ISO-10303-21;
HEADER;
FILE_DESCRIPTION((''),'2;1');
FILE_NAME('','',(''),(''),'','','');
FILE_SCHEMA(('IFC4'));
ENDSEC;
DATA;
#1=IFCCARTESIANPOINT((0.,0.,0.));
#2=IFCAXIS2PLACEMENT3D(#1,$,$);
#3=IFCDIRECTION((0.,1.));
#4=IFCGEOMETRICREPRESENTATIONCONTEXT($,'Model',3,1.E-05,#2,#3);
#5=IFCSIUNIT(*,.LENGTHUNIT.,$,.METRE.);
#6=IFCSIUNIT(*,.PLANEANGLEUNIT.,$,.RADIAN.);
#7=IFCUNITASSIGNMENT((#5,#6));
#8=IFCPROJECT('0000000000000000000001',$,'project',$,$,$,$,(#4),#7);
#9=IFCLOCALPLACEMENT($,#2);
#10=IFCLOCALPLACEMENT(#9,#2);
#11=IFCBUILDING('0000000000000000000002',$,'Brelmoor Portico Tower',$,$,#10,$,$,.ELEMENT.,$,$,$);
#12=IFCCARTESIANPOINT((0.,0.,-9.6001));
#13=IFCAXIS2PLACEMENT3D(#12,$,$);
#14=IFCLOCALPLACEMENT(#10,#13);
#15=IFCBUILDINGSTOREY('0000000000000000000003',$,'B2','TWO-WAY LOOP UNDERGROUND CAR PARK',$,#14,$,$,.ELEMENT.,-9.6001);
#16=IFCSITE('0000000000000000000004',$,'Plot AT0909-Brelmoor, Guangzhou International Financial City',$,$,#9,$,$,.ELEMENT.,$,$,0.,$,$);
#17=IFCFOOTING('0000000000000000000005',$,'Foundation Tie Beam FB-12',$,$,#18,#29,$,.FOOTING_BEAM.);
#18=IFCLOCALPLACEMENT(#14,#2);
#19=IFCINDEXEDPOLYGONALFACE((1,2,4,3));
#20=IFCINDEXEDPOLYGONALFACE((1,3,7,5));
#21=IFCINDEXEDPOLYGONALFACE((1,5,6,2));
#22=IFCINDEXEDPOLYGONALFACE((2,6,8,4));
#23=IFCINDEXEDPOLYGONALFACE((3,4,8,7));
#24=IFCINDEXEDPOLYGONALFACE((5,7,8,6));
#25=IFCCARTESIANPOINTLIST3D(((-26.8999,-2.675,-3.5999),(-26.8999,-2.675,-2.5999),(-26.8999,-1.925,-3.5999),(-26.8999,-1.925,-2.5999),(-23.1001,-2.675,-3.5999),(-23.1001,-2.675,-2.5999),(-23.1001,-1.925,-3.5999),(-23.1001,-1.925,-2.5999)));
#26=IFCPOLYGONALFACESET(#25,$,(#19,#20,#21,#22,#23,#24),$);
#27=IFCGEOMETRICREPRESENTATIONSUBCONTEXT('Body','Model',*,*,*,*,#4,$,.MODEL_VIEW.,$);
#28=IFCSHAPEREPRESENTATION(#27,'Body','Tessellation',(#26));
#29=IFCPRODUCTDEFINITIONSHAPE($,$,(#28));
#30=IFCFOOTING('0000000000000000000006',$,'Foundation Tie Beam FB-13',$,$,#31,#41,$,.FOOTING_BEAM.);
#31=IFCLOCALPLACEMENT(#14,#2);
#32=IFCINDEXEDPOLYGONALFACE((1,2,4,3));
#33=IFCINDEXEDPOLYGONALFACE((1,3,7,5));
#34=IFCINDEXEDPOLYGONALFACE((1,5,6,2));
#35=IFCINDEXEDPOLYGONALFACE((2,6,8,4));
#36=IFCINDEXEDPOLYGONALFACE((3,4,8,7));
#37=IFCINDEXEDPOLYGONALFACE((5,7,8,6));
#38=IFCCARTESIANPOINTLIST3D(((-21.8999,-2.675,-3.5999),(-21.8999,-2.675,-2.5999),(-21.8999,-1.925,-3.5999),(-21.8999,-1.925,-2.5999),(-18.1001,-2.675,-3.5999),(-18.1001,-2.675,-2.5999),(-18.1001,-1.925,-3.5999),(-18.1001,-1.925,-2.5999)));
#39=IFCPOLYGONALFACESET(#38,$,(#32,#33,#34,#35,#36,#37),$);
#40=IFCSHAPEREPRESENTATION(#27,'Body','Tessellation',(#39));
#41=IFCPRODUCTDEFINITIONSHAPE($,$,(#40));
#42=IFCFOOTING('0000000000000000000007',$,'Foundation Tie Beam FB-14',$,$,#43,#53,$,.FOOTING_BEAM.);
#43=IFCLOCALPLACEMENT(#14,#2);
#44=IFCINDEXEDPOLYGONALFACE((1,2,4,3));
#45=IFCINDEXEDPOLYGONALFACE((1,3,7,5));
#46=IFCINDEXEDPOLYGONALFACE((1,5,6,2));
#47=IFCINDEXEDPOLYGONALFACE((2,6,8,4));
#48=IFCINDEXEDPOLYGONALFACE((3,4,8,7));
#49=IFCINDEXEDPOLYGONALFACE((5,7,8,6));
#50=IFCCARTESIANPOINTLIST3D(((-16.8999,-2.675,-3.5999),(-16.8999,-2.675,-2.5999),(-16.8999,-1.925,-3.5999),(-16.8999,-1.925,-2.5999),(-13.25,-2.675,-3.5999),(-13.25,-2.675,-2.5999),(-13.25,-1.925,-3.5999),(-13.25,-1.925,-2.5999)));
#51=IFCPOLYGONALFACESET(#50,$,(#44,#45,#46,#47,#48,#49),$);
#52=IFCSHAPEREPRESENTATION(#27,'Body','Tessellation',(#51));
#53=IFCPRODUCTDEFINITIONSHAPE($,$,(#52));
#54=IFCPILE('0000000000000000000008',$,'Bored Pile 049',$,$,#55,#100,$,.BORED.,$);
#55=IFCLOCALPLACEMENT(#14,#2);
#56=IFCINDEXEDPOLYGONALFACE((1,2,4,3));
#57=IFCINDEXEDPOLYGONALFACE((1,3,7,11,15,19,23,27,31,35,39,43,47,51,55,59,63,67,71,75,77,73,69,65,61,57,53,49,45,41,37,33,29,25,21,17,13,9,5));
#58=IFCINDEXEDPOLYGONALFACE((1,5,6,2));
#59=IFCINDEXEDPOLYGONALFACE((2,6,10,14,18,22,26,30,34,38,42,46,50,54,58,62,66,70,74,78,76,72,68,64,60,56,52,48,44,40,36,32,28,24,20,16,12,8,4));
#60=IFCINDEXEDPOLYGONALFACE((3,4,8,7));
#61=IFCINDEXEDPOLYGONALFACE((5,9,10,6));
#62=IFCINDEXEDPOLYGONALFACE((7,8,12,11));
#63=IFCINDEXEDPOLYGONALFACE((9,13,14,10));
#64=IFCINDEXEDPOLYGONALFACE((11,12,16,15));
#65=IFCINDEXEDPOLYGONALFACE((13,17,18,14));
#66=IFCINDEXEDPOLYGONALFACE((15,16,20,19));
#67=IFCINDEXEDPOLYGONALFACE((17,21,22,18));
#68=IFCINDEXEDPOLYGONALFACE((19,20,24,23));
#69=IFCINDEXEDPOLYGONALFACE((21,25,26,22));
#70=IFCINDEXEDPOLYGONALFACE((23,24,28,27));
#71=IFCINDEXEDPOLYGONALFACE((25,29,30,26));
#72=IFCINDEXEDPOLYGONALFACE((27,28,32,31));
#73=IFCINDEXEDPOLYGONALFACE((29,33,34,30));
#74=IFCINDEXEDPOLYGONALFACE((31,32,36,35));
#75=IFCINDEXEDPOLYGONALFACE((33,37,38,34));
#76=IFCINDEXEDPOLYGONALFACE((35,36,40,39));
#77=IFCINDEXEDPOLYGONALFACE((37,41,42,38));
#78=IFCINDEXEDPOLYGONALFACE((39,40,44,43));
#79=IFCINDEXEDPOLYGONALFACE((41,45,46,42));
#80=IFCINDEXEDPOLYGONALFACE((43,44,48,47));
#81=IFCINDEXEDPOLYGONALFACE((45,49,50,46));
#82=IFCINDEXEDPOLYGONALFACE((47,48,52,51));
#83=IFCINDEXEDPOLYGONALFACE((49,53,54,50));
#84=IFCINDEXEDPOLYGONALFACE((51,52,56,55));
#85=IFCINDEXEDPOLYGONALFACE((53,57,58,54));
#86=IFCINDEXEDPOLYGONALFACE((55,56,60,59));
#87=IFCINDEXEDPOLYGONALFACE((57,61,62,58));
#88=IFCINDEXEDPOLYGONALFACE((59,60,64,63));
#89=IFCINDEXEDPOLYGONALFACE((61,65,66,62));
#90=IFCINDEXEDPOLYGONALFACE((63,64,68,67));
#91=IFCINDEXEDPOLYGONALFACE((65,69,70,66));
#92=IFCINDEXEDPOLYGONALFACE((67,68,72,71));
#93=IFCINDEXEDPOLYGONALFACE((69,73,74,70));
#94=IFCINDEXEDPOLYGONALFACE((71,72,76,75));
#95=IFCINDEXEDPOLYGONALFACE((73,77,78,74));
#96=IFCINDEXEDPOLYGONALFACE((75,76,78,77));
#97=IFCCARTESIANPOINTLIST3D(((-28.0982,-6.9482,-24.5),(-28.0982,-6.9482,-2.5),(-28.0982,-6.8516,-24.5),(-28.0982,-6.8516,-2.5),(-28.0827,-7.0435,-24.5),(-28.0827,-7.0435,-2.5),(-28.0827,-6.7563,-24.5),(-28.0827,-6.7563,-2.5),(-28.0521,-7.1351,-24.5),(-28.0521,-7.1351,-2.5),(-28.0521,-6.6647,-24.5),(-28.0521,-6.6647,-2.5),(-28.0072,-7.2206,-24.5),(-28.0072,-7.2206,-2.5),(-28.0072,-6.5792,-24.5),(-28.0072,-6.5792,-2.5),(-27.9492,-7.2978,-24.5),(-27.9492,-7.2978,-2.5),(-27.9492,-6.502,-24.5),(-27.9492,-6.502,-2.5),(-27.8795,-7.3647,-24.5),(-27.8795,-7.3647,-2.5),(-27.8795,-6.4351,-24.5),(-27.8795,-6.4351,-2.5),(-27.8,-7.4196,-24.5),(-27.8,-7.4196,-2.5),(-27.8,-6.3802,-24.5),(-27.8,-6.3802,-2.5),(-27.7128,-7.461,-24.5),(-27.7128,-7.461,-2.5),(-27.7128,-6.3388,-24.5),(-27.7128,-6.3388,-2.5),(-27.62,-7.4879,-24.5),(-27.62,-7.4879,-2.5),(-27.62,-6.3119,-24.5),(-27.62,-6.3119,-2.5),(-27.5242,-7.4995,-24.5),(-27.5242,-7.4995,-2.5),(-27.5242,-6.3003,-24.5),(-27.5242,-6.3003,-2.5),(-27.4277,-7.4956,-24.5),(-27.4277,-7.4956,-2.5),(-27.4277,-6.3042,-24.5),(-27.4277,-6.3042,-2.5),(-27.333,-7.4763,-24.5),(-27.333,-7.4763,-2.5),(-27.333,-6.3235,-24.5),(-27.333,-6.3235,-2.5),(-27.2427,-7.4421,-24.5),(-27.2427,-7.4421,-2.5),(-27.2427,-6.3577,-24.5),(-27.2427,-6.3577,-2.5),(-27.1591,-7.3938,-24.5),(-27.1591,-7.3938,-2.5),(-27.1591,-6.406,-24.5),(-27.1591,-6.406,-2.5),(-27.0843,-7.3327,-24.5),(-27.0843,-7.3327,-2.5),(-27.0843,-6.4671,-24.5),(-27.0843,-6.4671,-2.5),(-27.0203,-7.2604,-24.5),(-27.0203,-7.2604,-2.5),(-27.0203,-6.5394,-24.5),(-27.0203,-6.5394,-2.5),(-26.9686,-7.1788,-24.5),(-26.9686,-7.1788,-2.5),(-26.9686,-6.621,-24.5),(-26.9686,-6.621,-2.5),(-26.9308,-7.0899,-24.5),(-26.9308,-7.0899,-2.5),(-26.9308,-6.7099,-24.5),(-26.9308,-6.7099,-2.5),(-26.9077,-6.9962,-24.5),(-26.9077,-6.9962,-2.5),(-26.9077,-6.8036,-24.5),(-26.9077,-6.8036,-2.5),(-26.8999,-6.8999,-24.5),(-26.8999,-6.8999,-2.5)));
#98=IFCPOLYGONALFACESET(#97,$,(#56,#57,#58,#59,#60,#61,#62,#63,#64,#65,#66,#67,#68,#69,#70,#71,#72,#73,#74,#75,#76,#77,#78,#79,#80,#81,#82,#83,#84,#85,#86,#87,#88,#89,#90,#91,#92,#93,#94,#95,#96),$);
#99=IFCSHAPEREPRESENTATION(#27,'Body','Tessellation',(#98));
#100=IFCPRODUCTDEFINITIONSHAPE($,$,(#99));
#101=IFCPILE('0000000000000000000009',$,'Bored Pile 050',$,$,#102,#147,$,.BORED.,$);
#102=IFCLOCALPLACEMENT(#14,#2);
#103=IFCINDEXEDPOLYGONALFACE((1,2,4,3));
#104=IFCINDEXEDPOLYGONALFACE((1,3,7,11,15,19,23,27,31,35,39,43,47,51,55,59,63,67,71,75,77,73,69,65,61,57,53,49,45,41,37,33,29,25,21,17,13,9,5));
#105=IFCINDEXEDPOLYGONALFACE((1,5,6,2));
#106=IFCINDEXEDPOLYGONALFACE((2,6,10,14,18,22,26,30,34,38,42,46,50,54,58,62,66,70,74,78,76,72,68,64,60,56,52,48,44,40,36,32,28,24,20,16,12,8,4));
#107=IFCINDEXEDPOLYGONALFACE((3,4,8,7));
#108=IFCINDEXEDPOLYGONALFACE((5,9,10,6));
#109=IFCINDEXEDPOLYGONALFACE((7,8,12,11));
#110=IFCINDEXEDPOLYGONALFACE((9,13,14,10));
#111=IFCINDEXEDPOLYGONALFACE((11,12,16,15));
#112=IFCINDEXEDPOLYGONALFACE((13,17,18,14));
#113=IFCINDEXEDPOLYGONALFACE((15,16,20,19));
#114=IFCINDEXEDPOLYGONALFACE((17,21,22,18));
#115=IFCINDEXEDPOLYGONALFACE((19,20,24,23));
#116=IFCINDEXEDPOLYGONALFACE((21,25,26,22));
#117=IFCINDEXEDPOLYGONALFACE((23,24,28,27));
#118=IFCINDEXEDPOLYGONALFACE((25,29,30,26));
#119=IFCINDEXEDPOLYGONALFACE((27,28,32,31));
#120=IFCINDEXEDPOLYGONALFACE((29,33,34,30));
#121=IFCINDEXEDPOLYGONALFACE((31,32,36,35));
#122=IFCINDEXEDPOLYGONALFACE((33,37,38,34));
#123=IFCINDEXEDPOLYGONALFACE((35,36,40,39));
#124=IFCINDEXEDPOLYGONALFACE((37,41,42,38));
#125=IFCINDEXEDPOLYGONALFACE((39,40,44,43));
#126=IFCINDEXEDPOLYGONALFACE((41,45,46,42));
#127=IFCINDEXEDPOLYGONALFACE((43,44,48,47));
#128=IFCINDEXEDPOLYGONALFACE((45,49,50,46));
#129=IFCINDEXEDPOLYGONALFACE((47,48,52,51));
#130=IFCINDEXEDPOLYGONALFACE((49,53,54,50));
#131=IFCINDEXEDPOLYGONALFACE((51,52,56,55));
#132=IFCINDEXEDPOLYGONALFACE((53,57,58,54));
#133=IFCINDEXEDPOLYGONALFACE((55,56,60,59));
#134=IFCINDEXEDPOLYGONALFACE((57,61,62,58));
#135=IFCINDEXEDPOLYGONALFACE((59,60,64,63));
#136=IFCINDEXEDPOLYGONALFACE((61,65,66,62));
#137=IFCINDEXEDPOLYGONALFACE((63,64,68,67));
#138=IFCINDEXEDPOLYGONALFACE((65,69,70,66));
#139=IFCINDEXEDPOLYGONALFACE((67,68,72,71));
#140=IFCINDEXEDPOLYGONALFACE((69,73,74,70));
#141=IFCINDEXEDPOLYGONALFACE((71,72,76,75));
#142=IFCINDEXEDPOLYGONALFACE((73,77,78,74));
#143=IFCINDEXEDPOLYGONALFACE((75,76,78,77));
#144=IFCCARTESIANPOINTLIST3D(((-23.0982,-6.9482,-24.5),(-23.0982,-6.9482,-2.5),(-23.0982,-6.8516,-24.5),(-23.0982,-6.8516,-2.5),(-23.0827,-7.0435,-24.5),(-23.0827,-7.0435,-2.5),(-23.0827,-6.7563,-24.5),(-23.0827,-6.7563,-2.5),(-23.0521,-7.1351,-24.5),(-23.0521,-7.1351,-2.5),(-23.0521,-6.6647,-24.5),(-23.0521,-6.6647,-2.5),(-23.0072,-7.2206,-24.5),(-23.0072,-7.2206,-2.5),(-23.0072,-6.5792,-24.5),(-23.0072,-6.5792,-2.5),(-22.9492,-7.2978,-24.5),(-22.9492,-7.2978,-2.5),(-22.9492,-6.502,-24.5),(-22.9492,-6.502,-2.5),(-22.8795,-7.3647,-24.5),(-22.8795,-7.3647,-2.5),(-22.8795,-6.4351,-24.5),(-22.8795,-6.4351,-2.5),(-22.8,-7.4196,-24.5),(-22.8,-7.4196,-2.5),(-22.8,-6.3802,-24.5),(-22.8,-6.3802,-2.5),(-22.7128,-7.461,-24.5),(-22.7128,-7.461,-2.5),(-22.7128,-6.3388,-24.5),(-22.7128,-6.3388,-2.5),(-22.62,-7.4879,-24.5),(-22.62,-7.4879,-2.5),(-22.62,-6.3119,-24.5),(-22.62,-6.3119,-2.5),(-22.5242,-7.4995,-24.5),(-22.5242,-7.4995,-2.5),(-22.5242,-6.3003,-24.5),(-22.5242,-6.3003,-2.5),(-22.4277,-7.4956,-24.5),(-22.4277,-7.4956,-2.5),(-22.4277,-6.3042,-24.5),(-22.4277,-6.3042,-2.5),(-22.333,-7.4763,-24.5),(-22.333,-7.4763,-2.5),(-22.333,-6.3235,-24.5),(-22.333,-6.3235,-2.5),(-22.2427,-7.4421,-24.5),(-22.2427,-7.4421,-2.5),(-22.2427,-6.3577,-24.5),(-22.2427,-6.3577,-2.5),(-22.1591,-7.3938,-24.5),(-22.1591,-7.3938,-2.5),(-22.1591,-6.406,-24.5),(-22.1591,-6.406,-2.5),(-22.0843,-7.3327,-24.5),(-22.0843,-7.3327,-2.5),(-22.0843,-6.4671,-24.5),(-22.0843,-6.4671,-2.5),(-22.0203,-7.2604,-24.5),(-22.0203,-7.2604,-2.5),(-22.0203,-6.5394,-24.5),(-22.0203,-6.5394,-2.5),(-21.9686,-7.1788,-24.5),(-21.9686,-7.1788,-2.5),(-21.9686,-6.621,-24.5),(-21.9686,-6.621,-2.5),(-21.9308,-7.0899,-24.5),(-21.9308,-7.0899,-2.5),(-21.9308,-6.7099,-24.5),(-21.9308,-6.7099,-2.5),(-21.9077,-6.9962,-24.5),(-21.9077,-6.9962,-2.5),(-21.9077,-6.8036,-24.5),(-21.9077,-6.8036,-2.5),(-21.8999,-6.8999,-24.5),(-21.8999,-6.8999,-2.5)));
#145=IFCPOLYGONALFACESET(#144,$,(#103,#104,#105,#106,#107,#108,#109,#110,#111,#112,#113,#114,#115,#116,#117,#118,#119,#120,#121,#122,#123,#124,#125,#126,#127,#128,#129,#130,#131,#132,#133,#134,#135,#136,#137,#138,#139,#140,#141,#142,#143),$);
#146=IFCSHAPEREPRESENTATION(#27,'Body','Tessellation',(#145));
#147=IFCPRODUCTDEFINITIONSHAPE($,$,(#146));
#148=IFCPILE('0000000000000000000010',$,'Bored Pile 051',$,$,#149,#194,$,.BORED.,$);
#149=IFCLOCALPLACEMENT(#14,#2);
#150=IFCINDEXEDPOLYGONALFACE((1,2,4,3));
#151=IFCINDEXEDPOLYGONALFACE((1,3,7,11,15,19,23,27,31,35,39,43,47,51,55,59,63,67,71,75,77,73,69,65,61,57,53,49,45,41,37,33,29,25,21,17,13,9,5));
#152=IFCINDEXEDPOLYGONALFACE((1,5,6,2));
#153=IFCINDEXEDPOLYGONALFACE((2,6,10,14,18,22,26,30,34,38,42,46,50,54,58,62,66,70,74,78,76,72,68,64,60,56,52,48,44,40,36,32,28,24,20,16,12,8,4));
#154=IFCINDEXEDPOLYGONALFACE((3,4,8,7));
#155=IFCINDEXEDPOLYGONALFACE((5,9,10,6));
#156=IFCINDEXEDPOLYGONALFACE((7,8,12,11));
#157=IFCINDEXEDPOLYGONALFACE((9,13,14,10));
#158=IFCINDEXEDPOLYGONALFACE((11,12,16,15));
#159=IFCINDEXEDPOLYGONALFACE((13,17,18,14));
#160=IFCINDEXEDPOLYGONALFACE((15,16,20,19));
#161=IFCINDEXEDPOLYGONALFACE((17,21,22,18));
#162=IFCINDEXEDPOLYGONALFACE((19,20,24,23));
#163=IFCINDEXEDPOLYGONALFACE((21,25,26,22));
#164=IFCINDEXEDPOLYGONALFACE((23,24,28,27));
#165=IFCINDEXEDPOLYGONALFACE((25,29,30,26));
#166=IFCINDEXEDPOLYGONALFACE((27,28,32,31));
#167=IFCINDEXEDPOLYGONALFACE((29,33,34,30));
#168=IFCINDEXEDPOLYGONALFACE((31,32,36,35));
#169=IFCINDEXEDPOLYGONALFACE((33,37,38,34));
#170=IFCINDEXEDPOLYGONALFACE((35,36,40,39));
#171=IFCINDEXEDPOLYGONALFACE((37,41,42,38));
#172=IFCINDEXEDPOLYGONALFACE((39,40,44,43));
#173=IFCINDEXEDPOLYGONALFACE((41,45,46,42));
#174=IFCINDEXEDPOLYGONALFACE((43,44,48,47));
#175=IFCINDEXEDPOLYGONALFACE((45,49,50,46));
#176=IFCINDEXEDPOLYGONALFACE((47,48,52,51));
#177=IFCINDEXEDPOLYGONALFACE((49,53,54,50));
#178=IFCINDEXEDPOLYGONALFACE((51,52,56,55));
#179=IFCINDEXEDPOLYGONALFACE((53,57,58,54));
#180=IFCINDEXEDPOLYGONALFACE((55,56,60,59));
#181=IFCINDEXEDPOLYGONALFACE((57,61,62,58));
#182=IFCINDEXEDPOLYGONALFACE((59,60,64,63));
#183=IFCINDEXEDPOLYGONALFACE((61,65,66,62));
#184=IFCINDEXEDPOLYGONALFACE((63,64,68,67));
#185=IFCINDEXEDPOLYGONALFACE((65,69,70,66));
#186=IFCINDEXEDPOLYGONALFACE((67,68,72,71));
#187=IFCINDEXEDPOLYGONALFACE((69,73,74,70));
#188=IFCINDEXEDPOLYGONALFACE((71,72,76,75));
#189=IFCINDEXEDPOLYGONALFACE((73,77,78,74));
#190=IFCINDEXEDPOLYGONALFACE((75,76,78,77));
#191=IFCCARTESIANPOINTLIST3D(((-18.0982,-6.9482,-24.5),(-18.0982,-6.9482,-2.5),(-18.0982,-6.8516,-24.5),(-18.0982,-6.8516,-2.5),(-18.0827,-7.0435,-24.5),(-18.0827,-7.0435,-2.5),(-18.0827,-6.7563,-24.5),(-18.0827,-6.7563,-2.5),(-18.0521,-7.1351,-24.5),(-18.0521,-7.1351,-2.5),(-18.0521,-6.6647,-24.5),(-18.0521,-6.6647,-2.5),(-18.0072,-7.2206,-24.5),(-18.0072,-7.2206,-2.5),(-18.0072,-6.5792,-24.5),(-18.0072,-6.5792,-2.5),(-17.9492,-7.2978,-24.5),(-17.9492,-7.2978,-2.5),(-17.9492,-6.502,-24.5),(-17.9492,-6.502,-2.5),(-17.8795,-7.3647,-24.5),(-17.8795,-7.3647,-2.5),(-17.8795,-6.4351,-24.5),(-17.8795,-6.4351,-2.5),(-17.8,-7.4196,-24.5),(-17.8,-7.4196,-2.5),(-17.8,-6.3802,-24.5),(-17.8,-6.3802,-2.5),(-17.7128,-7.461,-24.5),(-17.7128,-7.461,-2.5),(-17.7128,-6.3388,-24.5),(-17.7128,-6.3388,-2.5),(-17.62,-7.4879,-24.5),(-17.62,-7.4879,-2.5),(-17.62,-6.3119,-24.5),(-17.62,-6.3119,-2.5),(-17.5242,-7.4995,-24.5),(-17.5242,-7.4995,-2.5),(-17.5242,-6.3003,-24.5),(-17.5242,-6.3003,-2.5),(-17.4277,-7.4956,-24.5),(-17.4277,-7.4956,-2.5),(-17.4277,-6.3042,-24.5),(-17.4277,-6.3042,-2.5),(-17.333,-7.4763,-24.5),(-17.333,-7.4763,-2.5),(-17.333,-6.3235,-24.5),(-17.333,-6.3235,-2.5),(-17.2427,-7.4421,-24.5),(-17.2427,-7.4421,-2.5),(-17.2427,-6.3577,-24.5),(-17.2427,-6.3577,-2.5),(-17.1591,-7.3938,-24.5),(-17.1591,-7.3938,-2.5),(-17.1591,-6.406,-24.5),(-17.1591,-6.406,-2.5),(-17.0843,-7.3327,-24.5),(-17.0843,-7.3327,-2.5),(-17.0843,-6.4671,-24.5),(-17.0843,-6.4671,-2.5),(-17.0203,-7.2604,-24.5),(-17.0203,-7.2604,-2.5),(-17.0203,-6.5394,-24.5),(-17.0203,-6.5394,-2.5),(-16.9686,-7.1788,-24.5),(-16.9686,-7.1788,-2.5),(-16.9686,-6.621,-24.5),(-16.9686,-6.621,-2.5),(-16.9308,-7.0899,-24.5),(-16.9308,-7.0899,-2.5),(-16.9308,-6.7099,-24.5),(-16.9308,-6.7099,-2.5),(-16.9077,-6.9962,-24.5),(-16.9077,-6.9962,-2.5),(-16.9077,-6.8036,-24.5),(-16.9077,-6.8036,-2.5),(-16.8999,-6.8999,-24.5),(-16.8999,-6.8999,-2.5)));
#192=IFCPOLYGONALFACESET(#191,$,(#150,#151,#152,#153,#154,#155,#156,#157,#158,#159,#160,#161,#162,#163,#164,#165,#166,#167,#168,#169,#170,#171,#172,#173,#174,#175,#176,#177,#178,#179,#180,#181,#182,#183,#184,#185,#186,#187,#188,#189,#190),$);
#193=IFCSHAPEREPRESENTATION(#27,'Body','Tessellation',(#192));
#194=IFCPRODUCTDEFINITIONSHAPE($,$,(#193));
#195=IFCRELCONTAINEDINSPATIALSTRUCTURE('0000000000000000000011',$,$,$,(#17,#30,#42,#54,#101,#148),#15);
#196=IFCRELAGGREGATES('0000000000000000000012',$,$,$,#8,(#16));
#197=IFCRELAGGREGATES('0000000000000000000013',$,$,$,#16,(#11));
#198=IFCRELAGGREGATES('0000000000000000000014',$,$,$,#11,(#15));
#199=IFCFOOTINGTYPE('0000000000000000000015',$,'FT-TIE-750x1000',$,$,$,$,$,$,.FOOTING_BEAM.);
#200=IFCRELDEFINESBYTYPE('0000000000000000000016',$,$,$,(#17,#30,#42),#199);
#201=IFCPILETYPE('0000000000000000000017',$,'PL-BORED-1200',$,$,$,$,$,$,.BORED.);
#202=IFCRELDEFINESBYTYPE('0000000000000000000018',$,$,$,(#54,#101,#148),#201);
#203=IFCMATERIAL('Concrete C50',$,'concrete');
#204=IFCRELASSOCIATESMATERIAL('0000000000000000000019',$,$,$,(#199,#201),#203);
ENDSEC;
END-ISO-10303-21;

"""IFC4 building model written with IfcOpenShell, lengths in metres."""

from ifc_helpers import new_model, si_unit, direction, frame, origin, origin_2d, place, context, subcontext, project, spatial, rectangle, circle, extrude, material, material_profile, profile_set, type_object, element, save


model = new_model("IFC4")

# Units and contexts
model_context = context("Model", 3, precision=1e-05, world=origin(), true_north=direction((0.0, 1.0)))
body_context = subcontext(model_context, "Body", "Model", "MODEL_VIEW")
ifc_project = project(units=[si_unit("LENGTHUNIT", "METRE"), si_unit("PLANEANGLEUNIT", "RADIAN")], contexts=[model_context])

# Site, building, storey
site_placement = place(None, origin())
site = spatial("IfcSite", under=ifc_project, at=site_placement, Name="Plot AT0909-Brelmoor, Guangzhou International Financial City", CompositionType="ELEMENT", RefElevation=0.0)
building_placement = place(site_placement, origin())
building = spatial("IfcBuilding", under=site, at=building_placement, Name="Brelmoor Portico Tower", CompositionType="ELEMENT")
storey_placement = place(building_placement, frame((0.0, 0.0, -9.6001)))
storey = spatial("IfcBuildingStorey", under=building, at=storey_placement, Name="B2", Description="TWO-WAY LOOP UNDERGROUND CAR PARK", CompositionType="ELEMENT", Elevation=-9.6001)

# Footings
ifc_material_1 = material(Name="Concrete C50", Category="concrete")
ifc_material_profile_1 = material_profile(ifc_material_1, rectangle(XDim=0.75, YDim=1.0, at=origin_2d()), Name="RC 750x1000")
ifc_profile_set_1 = profile_set([ifc_material_profile_1], Name="Concrete C50")
footing_type = type_object("IfcFootingType", Name="FT-TIE-750x1000", PredefinedType="FOOTING_BEAM", material=ifc_profile_set_1)
for number, where, z_axis, x_axis, name in (
    (1, (-26.8999, -2.3, -3.0999), (1.0, 0.0, 0.0), (0.0, 1.0, 0.0), "Foundation Tie Beam FB-12"),
    (2, (-21.8999, -2.3, -3.0999), (1.0, 0.0, 0.0), (0.0, 1.0, 0.0), "Foundation Tie Beam FB-13"),
):
    element("IfcFooting", number, at=place(storey_placement, frame(where, z_axis=z_axis, x_axis=x_axis)), inside=storey, type_object=footing_type, Name=name, PredefinedType="FOOTING_BEAM", context=body_context, shape_type="SweptSolid", body=[
        extrude(rectangle(XDim=0.75, YDim=1.0, at=origin_2d()), origin(), (0.0, 0.0, 1.0), 3.7998),
    ])
footing_placement = place(storey_placement, frame((-16.8999, -2.3, -3.0999), z_axis=(1.0, 0.0, 0.0), x_axis=(0.0, 1.0, 0.0)))
element("IfcFooting", 3, at=footing_placement, inside=storey, type_object=footing_type, Name="Foundation Tie Beam FB-14", PredefinedType="FOOTING_BEAM", context=body_context, shape_type="SweptSolid", body=[
    extrude(rectangle(XDim=0.75, YDim=1.0, at=origin_2d()), origin(), (0.0, 0.0, 1.0), 3.6499),
])

# Piles
ifc_material_profile_2 = material_profile(ifc_material_1, circle(Radius=0.6001, at=origin_2d()), Name="BORED PILE D1200")
ifc_profile_set_2 = profile_set([ifc_material_profile_2], Name="Concrete C50")
pile_type_1 = type_object("IfcPileType", Name="PL-BORED-1200", PredefinedType="BORED", material=ifc_profile_set_2)
for number, where, z_axis, x_axis, name in (
    (4, (-27.5, -6.8999, -2.5), (0.0, 0.0, -1.0), (1.0, 0.0, 0.0), "Bored Pile 049"),
    (5, (-22.5, -6.8999, -2.5), (0.0, 0.0, -1.0), (1.0, 0.0, 0.0), "Bored Pile 050"),
    (6, (-17.5, -6.8999, -2.5), (0.0, 0.0, -1.0), (1.0, 0.0, 0.0), "Bored Pile 051"),
):
    element("IfcPile", number, at=place(storey_placement, frame(where, z_axis=z_axis, x_axis=x_axis)), inside=storey, type_object=pile_type_1, Name=name, PredefinedType="BORED", context=body_context, shape_type="SweptSolid", body=[
        extrude(circle(Radius=0.6001, at=origin_2d()), origin(), (0.0, 0.0, 1.0), 22.0),
    ])

save(model, "model.ifc")
